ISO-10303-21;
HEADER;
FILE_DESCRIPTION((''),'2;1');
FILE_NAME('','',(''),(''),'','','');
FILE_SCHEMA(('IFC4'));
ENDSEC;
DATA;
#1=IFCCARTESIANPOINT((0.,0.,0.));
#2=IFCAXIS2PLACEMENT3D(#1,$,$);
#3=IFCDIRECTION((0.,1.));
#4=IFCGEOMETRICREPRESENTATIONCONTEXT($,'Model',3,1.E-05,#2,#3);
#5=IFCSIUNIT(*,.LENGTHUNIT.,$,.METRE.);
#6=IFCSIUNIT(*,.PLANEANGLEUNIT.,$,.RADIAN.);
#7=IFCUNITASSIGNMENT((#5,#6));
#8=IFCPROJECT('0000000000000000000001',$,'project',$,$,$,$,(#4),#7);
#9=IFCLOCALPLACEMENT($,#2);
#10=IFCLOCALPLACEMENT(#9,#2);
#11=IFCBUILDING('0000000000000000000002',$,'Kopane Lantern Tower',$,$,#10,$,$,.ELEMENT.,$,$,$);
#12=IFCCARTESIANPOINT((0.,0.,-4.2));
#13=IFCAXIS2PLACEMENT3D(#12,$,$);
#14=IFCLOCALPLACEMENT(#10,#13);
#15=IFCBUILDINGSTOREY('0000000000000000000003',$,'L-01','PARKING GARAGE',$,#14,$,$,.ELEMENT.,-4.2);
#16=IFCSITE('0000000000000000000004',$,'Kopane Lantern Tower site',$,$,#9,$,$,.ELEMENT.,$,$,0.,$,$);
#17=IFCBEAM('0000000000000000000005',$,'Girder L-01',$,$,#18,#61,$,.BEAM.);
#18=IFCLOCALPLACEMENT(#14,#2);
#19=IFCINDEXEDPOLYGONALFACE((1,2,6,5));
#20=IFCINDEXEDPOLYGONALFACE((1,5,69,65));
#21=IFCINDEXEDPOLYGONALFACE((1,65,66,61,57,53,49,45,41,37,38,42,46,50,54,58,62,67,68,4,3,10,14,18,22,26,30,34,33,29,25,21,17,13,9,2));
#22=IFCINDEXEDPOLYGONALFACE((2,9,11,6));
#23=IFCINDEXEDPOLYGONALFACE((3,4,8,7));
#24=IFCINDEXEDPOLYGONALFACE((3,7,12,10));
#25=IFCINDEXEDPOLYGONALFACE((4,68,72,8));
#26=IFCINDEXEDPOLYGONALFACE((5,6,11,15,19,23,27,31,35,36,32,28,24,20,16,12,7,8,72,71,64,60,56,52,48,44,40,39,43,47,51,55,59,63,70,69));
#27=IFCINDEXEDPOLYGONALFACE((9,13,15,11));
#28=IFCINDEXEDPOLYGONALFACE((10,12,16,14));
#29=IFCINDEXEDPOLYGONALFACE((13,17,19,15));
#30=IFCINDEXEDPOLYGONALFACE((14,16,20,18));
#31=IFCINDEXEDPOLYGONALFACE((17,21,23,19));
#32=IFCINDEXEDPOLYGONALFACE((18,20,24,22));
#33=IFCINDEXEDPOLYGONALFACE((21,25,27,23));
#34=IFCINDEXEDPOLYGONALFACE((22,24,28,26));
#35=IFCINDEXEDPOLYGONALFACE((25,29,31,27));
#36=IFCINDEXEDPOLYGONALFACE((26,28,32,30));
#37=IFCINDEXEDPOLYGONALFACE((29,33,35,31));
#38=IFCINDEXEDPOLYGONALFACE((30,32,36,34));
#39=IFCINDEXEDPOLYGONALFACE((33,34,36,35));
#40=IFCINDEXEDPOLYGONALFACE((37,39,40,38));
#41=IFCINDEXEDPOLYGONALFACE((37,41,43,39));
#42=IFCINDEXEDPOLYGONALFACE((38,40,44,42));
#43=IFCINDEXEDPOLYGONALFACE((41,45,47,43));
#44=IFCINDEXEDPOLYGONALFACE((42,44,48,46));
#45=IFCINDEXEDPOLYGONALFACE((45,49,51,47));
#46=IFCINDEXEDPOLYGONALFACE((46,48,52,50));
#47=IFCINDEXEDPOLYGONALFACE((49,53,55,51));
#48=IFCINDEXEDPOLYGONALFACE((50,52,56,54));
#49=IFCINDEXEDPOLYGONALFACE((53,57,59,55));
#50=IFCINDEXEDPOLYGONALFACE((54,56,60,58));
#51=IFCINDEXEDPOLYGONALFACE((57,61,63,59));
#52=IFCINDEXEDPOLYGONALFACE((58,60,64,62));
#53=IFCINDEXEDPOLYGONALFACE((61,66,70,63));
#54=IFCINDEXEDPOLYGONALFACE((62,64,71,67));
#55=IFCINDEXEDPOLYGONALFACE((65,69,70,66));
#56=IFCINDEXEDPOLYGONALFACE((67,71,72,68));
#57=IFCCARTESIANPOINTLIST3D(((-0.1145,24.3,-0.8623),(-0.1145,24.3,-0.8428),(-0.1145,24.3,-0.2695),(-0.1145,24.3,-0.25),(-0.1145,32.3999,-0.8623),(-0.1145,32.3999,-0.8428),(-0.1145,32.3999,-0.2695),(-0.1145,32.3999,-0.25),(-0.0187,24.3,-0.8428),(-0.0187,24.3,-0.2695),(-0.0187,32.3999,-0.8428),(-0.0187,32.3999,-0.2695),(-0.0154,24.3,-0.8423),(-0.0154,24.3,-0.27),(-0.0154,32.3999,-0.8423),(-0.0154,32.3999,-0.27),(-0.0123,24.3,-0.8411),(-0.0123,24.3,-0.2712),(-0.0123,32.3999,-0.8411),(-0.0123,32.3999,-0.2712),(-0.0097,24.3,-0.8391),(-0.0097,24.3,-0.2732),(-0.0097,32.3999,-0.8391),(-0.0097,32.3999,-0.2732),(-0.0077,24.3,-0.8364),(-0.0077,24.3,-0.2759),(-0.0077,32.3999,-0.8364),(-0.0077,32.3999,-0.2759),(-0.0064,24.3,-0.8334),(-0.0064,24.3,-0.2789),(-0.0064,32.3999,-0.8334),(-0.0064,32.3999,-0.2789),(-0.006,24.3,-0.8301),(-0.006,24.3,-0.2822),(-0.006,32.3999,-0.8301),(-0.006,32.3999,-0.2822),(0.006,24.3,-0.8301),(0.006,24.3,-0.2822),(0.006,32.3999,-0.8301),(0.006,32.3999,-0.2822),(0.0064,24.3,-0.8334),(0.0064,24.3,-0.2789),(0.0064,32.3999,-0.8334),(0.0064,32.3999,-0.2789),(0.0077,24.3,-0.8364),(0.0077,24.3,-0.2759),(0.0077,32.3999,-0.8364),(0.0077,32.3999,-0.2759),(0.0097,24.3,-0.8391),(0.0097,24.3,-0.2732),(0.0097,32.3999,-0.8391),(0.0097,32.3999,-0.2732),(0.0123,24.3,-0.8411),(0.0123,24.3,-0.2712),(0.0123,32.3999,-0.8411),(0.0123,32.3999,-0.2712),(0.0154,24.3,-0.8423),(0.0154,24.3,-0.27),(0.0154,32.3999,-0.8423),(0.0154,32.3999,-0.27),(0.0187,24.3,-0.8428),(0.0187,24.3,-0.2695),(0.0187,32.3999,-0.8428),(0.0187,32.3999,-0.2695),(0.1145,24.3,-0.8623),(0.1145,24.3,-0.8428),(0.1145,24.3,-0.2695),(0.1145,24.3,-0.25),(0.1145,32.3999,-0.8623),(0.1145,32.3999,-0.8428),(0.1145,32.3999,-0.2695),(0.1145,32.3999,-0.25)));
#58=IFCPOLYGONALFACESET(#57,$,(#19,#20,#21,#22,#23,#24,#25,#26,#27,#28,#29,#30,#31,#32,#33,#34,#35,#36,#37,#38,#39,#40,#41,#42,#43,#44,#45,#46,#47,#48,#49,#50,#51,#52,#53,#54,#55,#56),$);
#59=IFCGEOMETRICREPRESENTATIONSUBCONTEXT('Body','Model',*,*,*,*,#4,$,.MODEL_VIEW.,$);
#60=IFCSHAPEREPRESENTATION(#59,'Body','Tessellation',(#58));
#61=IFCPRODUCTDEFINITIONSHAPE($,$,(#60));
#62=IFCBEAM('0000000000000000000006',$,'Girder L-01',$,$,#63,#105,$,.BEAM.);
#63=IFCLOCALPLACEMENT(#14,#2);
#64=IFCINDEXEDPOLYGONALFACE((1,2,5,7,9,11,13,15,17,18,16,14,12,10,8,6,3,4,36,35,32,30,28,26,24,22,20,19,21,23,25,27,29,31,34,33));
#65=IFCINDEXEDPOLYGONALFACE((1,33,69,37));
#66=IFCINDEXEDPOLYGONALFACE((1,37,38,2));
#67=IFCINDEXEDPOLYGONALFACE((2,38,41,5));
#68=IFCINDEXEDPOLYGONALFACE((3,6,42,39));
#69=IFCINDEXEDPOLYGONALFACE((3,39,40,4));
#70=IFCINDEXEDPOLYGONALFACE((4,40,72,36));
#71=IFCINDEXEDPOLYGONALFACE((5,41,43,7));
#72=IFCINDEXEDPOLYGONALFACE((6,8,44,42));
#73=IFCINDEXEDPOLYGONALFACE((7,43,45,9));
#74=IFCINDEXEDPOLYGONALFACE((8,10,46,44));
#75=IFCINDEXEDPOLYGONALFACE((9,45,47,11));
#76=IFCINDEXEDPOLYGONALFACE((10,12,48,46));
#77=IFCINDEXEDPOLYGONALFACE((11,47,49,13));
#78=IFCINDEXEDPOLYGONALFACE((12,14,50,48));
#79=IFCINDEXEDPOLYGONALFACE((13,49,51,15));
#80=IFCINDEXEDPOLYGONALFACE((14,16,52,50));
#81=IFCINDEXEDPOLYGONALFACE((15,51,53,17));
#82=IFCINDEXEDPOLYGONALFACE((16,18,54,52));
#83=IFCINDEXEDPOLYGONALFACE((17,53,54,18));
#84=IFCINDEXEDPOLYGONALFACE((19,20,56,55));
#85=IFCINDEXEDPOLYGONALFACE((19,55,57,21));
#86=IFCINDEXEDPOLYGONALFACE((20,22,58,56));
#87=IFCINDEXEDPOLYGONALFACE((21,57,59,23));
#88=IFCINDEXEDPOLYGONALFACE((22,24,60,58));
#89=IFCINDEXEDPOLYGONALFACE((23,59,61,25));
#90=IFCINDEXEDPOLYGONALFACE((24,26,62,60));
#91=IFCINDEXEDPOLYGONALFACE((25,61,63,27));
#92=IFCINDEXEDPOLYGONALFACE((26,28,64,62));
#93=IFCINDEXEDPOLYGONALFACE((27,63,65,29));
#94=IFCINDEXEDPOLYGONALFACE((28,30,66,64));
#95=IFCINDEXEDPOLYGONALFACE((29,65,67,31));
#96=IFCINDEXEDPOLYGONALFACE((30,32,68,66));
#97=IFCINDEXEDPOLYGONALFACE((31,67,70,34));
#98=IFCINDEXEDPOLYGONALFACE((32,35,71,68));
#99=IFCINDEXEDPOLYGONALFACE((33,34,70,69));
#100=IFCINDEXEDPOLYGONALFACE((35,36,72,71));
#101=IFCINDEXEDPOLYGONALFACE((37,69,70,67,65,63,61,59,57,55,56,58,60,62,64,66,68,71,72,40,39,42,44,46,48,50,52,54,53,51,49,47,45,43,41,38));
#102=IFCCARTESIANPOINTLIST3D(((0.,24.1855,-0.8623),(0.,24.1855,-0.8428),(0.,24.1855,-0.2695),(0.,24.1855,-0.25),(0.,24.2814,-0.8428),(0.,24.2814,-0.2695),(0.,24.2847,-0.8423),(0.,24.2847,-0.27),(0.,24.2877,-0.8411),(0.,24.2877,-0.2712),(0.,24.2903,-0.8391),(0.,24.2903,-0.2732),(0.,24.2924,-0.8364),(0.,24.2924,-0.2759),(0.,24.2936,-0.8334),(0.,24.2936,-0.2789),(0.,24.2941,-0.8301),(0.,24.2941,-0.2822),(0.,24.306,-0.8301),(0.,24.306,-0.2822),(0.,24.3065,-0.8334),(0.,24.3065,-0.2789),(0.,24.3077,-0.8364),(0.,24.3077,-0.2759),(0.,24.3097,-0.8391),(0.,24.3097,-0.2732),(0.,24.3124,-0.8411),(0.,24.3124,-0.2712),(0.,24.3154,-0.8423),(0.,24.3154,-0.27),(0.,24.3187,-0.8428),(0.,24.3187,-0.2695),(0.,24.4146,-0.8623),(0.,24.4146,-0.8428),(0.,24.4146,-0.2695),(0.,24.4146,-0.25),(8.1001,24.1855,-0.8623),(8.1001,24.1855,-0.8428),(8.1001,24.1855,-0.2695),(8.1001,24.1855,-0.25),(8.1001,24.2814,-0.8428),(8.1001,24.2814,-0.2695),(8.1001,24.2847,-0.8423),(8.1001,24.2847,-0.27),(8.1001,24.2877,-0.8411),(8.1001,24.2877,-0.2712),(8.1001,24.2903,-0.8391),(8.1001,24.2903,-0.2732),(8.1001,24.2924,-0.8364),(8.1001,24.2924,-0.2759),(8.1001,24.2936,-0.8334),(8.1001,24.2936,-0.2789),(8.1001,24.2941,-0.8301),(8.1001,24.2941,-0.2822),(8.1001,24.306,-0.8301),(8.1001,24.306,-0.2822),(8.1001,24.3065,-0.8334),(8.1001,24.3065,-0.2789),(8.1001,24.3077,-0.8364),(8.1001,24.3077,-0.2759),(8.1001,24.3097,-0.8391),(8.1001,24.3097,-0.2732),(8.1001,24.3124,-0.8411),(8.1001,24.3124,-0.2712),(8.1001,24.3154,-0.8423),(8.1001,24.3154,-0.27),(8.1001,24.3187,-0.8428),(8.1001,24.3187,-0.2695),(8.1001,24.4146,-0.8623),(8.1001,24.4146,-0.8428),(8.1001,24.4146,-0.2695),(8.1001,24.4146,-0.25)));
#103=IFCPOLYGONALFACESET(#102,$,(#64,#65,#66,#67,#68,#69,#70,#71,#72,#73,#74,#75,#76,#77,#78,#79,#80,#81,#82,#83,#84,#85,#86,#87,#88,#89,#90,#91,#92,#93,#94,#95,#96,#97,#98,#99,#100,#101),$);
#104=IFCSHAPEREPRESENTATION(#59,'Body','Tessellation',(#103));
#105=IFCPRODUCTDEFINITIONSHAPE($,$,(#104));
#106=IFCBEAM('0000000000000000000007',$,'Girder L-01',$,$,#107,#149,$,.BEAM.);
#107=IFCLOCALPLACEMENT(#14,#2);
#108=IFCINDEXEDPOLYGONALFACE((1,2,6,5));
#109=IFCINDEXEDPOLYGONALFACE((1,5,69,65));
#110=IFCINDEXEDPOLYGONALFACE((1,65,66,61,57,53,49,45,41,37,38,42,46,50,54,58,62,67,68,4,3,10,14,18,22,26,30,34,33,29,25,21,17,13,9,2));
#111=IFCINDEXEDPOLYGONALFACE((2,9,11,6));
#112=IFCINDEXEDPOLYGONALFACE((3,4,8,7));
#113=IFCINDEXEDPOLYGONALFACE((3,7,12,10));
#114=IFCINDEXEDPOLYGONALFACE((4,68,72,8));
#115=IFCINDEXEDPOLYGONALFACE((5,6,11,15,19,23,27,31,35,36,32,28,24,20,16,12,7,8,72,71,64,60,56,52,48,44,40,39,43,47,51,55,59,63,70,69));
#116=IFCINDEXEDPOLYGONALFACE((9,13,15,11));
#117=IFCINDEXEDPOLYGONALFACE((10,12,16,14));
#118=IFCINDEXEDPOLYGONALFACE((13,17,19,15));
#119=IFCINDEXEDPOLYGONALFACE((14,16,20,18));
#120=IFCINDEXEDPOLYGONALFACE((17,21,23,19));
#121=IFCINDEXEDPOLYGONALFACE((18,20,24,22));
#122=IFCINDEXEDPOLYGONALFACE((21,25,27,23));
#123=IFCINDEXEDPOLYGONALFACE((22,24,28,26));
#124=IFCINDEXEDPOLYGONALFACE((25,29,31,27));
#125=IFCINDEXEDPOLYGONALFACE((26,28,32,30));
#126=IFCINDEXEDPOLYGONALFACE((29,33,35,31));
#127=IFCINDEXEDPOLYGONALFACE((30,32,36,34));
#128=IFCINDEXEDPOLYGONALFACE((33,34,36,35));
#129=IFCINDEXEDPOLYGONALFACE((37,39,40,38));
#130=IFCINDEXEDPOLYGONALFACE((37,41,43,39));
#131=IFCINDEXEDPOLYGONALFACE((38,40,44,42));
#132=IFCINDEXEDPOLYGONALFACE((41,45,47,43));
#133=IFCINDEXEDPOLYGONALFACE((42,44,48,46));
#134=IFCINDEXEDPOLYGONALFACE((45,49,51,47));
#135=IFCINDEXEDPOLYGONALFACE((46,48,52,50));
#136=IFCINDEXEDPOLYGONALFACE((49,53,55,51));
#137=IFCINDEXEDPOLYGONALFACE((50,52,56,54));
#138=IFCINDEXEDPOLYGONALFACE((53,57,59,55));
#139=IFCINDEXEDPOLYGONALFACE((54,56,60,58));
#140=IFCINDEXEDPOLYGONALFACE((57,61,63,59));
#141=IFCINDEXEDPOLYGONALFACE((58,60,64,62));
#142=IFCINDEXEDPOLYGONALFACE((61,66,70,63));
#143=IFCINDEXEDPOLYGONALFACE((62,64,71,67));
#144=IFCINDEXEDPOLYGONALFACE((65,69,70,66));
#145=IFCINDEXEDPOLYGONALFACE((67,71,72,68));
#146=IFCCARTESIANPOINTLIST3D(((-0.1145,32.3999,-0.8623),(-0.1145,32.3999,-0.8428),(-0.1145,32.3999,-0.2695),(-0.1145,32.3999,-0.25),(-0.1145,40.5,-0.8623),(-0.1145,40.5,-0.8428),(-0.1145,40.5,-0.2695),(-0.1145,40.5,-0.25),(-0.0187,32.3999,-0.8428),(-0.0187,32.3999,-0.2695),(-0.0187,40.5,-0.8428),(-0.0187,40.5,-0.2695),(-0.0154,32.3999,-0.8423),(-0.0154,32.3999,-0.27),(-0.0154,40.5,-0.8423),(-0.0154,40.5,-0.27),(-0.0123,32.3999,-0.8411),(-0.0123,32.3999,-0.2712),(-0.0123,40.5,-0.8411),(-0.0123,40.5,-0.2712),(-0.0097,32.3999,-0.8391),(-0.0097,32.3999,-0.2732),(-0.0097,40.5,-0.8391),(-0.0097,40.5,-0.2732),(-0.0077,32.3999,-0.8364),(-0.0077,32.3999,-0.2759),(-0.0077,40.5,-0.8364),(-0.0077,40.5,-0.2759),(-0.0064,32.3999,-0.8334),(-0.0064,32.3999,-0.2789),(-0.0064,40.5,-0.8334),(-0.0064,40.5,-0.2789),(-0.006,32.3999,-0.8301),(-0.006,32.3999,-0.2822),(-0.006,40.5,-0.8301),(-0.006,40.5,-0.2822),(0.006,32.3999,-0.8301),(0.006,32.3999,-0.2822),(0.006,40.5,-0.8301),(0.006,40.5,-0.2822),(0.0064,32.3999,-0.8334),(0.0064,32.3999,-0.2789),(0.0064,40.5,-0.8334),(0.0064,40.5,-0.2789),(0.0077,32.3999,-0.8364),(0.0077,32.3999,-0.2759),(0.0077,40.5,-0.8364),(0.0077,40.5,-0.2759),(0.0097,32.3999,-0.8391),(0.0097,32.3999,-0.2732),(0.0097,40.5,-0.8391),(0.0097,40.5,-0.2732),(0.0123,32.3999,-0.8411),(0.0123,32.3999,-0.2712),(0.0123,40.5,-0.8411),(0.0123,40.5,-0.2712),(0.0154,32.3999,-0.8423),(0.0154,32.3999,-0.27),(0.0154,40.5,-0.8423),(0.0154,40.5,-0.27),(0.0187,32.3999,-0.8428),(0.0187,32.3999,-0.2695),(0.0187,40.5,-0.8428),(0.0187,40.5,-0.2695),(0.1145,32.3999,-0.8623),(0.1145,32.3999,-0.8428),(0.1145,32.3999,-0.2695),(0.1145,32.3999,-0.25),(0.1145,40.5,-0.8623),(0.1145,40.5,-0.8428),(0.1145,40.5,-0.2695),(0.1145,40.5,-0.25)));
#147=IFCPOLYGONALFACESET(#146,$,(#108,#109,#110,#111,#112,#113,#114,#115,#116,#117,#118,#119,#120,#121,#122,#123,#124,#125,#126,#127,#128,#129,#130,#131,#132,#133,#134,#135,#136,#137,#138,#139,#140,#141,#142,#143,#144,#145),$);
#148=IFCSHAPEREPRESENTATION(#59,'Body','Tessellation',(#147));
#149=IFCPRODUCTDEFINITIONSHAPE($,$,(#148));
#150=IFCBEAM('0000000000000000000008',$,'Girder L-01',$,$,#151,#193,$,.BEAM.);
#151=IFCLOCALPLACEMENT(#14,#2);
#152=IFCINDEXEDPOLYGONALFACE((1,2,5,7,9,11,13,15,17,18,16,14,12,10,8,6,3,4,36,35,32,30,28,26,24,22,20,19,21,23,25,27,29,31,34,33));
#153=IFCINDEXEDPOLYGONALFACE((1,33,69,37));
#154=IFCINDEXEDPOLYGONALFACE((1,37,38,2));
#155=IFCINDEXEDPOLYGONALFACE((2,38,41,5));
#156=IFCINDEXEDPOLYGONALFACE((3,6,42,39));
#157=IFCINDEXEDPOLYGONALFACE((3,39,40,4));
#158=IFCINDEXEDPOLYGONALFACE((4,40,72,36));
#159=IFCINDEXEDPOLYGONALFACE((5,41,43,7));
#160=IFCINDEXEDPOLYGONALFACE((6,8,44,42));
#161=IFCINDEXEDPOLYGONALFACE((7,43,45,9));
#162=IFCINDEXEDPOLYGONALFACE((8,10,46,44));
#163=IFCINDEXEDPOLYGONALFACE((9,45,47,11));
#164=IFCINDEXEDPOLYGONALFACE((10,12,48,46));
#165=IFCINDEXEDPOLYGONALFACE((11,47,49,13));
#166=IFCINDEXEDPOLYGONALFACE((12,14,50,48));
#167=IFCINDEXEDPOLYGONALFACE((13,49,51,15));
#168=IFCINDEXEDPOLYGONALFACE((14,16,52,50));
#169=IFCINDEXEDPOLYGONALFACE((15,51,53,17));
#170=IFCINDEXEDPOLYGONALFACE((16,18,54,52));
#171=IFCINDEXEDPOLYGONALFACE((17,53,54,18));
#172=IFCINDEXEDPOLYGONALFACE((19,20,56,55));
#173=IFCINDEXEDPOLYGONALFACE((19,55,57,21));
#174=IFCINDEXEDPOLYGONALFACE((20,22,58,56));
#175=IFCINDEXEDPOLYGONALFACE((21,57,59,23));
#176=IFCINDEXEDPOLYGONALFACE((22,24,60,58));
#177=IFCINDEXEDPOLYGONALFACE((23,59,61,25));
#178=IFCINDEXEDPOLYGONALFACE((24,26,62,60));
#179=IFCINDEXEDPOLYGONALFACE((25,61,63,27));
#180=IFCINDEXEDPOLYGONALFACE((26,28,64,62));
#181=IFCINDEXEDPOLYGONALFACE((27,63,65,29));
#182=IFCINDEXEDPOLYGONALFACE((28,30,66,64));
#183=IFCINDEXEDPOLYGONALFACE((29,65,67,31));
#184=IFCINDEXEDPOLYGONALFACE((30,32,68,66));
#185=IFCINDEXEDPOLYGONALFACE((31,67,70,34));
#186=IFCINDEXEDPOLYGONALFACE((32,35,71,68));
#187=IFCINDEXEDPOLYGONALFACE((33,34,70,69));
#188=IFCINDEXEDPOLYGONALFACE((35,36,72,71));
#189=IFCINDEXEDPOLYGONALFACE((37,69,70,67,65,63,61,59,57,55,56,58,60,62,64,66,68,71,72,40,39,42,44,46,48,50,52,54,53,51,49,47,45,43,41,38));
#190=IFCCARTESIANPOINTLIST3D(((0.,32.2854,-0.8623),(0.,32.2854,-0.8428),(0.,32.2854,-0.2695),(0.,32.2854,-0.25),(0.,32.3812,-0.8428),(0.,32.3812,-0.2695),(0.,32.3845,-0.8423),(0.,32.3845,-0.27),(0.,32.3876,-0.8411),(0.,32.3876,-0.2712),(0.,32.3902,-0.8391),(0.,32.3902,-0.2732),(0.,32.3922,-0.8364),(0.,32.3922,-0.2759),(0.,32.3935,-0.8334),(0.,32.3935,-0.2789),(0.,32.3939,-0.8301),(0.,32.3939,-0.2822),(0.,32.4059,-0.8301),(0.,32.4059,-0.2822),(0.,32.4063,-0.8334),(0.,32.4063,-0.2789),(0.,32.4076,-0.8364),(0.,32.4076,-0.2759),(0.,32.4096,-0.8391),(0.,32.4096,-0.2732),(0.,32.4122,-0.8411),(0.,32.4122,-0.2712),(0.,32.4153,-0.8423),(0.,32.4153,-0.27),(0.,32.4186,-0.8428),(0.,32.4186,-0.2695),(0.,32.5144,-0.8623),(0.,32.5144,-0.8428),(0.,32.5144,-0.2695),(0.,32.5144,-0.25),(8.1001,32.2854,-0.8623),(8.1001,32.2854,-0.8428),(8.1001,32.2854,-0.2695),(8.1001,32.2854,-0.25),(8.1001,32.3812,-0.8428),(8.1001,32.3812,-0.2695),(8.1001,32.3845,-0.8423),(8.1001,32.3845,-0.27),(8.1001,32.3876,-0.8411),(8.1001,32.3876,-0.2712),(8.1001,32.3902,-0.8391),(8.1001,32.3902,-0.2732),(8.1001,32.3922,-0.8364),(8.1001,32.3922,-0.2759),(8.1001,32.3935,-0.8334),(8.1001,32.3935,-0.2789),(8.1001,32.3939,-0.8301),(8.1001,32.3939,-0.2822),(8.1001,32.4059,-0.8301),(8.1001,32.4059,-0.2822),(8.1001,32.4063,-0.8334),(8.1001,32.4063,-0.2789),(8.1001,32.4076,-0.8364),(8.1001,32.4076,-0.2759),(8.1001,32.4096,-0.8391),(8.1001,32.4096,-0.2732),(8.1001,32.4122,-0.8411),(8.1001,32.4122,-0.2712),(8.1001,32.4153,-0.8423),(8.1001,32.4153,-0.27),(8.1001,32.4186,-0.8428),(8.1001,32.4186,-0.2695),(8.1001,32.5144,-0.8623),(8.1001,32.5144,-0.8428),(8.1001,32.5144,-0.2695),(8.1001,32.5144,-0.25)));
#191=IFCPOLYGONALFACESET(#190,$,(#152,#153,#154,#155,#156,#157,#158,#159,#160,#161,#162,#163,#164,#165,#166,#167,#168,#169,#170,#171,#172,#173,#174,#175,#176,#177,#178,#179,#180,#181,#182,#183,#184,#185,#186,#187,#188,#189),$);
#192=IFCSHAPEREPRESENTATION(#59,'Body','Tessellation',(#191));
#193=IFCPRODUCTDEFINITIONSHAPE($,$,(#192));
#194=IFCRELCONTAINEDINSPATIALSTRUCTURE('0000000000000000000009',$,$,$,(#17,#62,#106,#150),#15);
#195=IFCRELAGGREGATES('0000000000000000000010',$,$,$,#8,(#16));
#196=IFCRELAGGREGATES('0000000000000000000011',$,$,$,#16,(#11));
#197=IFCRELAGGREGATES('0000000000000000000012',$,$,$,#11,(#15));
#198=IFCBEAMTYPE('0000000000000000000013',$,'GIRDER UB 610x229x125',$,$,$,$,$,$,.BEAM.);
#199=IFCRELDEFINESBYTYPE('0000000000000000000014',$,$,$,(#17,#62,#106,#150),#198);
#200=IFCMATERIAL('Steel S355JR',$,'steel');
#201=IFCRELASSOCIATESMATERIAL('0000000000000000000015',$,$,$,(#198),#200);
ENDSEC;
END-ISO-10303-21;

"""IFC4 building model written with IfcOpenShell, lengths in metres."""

from ifc_helpers import new_model, si_unit, direction, frame, origin, origin_2d, place, context, subcontext, project, spatial, i_section, extrude, material, material_profile, profile_set, type_object, element, save


model = new_model("IFC4")

# Units and contexts
model_context = context("Model", 3, precision=1e-05, world=origin(), true_north=direction((0.0, 1.0)))
body_context = subcontext(model_context, "Body", "Model", "MODEL_VIEW")
ifc_project = project(units=[si_unit("LENGTHUNIT", "METRE"), si_unit("PLANEANGLEUNIT", "RADIAN")], contexts=[model_context])

# Site, building, storey
site_placement = place(None, origin())
site = spatial("IfcSite", under=ifc_project, at=site_placement, Name="Kopane Lantern Tower site", CompositionType="ELEMENT", RefElevation=0.0)
building_placement = place(site_placement, origin())
building = spatial("IfcBuilding", under=site, at=building_placement, Name="Kopane Lantern Tower", CompositionType="ELEMENT")
storey_placement = place(building_placement, frame((0.0, 0.0, -4.2)))
storey = spatial("IfcBuildingStorey", under=building, at=storey_placement, Name="L-01", Description="PARKING GARAGE", CompositionType="ELEMENT", Elevation=-4.2)

# Beams
ifc_material_1 = material(Name="Steel S355JR", Category="steel")
ifc_material_profile_1 = material_profile(ifc_material_1, i_section(OverallWidth=0.229, OverallDepth=0.6123, WebThickness=0.012, FlangeThickness=0.0195, FilletRadius=0.0127, at=origin_2d()), Name="UB 610x229x125")
ifc_profile_set_1 = profile_set([ifc_material_profile_1], Name="Steel S355JR")
beam_type_1 = type_object("IfcBeamType", Name="GIRDER UB 610x229x125", PredefinedType="BEAM", material=ifc_profile_set_1)
beam_1_placement = place(storey_placement, frame((0.0, 24.3, -0.5562), z_axis=(0.0, 1.0, 0.0), x_axis=(-1.0, 0.0, 0.0)))
element("IfcBeam", 1, at=beam_1_placement, inside=storey, type_object=beam_type_1, Name="Girder L-01", PredefinedType="BEAM", context=body_context, shape_type="SweptSolid", body=[
    extrude(i_section(OverallWidth=0.229, OverallDepth=0.6123, WebThickness=0.012, FlangeThickness=0.0195, FilletRadius=0.0127, at=origin_2d()), origin(), (0.0, 0.0, 1.0), 8.0999),
])
for number, where, z_axis, x_axis, name in (
    (2, (0.0, 24.3, -0.5562), (1.0, 0.0, 0.0), (0.0, 1.0, 0.0), "Girder L-01"),
    (3, (0.0, 32.3999, -0.5562), (0.0, 1.0, 0.0), (-1.0, 0.0, 0.0), "Girder L-01"),
    (4, (0.0, 32.3999, -0.5562), (1.0, 0.0, 0.0), (0.0, 1.0, 0.0), "Girder L-01"),
):
    element("IfcBeam", number, at=place(storey_placement, frame(where, z_axis=z_axis, x_axis=x_axis)), inside=storey, type_object=beam_type_1, Name=name, PredefinedType="BEAM", context=body_context, shape_type="SweptSolid", body=[
        extrude(i_section(OverallWidth=0.229, OverallDepth=0.6123, WebThickness=0.012, FlangeThickness=0.0195, FilletRadius=0.0127, at=origin_2d()), origin(), (0.0, 0.0, 1.0), 8.1001),
    ])

save(model, "model.ifc")
